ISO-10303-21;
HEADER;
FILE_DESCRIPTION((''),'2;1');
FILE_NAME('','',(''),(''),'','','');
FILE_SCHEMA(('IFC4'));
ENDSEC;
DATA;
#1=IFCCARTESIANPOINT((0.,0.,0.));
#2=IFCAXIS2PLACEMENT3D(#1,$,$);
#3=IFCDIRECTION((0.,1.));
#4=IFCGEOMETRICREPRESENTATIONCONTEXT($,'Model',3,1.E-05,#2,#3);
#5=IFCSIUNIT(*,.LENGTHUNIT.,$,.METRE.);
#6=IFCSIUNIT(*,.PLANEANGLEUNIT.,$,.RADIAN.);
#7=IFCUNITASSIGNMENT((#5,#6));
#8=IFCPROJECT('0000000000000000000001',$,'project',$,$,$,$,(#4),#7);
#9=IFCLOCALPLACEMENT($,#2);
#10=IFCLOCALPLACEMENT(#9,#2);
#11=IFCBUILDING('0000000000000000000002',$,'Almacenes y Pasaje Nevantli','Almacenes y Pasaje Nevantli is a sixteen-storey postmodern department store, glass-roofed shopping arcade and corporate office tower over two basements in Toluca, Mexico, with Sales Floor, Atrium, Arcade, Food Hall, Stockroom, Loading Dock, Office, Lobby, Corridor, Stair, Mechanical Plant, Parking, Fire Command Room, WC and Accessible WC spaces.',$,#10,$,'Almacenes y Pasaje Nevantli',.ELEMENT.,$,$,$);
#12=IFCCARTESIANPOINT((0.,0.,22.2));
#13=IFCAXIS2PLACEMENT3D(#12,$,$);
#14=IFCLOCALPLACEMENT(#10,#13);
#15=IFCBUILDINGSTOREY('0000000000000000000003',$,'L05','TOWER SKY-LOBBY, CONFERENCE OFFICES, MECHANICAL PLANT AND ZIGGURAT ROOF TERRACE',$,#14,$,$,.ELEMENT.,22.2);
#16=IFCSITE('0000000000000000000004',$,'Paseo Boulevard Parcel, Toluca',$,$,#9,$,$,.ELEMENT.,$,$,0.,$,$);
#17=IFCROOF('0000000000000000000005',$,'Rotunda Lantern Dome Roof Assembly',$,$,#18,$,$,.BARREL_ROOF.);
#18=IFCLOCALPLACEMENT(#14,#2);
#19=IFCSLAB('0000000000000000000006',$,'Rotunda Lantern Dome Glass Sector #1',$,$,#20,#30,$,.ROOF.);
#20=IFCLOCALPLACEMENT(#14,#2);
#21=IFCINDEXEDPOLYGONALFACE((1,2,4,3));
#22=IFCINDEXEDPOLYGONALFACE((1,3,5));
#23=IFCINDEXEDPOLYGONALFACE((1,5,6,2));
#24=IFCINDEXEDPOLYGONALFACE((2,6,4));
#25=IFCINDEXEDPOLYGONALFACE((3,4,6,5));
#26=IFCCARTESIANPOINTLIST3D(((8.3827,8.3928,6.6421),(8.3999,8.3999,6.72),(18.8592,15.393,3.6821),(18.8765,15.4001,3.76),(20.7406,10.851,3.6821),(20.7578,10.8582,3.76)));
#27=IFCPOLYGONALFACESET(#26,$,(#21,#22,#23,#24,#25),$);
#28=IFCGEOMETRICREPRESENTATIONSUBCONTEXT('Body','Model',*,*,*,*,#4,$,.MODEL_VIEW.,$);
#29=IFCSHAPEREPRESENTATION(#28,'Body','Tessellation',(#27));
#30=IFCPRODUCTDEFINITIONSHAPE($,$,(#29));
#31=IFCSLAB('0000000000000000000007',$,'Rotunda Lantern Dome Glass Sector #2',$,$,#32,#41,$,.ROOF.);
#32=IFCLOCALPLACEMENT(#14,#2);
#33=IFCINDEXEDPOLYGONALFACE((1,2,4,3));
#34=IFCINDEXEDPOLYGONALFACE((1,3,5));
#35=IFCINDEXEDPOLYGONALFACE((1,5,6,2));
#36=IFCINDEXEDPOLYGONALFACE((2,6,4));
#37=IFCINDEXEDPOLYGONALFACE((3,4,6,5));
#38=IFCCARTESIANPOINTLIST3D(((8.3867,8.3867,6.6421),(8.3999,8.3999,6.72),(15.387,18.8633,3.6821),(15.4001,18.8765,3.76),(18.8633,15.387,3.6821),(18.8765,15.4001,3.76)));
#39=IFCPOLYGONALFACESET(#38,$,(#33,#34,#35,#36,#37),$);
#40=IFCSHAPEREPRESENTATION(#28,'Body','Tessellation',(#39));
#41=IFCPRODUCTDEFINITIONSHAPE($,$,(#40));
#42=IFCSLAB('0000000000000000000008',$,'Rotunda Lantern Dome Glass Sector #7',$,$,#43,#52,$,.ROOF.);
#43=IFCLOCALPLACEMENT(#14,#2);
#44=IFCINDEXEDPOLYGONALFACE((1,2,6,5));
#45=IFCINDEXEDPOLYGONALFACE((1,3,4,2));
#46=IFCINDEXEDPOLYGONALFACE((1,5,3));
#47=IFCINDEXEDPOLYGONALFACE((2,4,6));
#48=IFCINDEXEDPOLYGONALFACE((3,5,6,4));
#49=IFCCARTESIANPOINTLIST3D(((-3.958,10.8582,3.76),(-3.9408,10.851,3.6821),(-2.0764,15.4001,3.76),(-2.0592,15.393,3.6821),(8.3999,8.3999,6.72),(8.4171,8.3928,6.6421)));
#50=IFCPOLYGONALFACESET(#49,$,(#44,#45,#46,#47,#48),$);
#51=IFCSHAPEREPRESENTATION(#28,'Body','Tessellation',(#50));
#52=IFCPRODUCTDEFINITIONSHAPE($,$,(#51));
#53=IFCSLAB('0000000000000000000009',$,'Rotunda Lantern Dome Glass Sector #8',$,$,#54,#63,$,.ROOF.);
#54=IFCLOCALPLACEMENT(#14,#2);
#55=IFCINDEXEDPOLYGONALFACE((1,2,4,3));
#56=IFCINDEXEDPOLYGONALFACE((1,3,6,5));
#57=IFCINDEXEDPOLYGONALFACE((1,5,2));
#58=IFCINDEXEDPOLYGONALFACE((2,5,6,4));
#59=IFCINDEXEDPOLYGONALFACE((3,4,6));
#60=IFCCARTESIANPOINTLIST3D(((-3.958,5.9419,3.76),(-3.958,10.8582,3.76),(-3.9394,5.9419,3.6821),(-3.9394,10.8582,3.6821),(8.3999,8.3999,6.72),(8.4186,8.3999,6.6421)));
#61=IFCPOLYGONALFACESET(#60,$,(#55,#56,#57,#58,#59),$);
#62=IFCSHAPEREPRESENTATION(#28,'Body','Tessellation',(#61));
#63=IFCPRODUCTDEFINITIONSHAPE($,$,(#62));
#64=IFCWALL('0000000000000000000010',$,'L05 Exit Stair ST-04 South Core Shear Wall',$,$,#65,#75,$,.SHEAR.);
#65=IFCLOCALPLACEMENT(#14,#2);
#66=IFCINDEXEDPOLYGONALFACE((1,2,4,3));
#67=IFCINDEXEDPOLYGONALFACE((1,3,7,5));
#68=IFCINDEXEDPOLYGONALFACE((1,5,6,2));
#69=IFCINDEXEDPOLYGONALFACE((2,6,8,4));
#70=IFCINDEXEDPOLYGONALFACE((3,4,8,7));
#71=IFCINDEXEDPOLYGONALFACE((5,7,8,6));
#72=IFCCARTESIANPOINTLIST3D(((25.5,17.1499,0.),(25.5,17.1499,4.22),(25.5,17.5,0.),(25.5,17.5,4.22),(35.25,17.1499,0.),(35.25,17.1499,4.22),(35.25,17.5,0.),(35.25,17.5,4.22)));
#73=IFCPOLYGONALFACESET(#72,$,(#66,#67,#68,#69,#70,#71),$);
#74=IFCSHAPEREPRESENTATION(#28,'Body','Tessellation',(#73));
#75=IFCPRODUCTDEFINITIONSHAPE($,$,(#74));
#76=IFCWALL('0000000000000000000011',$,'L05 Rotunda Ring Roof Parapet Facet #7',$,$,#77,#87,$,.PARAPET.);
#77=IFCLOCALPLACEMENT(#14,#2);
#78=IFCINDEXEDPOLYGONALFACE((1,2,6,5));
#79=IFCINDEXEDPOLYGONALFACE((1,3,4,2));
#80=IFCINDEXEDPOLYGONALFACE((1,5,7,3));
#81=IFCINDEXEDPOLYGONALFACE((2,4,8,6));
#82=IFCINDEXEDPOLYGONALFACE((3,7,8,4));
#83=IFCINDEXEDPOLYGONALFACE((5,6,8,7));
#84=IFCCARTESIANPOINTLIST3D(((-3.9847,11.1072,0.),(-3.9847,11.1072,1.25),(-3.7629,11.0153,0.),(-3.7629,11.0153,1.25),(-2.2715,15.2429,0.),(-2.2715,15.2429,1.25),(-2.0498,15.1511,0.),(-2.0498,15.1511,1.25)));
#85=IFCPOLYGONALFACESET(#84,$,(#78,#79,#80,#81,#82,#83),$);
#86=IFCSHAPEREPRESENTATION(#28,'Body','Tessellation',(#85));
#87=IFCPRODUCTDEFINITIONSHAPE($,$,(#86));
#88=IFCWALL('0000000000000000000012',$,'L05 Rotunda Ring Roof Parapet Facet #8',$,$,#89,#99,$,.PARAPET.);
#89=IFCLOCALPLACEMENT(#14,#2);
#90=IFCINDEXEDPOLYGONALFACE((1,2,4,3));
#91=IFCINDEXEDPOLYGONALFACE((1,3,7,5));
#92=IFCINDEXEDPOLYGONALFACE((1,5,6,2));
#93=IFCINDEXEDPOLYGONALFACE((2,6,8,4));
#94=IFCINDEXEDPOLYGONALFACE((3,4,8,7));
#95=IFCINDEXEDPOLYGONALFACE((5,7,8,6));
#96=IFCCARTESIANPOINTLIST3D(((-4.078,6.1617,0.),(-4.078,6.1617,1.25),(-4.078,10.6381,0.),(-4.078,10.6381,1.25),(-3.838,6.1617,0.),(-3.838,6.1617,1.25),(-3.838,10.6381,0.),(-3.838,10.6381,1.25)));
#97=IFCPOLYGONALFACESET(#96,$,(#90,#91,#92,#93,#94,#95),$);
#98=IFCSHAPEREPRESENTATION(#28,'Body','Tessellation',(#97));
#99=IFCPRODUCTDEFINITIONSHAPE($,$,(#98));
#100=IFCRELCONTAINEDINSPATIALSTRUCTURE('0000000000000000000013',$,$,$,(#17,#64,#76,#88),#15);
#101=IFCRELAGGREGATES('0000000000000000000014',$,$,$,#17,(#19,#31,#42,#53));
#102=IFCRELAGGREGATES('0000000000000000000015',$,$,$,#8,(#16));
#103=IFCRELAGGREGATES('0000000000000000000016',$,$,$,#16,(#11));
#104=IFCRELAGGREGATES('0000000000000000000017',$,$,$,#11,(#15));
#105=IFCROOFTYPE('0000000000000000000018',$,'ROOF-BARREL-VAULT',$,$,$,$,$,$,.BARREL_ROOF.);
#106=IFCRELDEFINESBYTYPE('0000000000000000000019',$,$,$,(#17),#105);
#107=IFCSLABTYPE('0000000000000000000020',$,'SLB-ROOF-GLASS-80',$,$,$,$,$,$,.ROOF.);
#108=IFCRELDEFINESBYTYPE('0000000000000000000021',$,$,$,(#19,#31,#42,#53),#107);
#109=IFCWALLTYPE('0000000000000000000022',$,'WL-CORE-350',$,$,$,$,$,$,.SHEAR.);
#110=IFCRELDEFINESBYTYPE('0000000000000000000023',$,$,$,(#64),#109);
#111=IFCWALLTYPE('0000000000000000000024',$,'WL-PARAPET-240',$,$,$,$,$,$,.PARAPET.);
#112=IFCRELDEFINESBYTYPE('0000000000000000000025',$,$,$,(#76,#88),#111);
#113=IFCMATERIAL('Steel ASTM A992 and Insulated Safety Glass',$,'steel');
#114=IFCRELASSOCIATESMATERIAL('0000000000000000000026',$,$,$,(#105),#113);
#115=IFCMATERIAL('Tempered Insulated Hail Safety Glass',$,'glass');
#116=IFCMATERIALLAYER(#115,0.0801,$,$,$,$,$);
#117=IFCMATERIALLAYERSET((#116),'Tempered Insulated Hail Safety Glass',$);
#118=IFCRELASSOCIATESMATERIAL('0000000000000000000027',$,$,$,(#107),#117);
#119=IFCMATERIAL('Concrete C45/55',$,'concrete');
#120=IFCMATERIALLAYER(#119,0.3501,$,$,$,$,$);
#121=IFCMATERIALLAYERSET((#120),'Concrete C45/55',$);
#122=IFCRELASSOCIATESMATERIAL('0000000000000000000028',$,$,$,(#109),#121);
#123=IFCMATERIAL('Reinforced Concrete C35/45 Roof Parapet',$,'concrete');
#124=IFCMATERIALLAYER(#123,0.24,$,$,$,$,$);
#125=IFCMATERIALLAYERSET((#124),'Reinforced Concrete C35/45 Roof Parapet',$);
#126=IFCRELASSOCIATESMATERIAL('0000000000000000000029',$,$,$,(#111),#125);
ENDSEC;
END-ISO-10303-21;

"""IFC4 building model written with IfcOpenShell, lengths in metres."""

from ifc_helpers import new_model, si_unit, direction, frame, frame_2d, origin, place, context, subcontext, project, spatial, polyline, rectangle, outline, extrude, material, layer, layer_set, type_object, element, aggregate, save


model = new_model("IFC4")

# Units and contexts
model_context = context("Model", 3, precision=1e-05, world=origin(), true_north=direction((0.0, 1.0)))
body_context = subcontext(model_context, "Body", "Model", "MODEL_VIEW")
ifc_project = project(units=[si_unit("LENGTHUNIT", "METRE"), si_unit("PLANEANGLEUNIT", "RADIAN")], contexts=[model_context])

# Site, building, storey
site_placement = place(None, origin())
site = spatial("IfcSite", under=ifc_project, at=site_placement, Name="Paseo Boulevard Parcel, Toluca", CompositionType="ELEMENT", RefElevation=0.0)
building_placement = place(site_placement, origin())
building = spatial("IfcBuilding", under=site, at=building_placement, Name="Almacenes y Pasaje Nevantli", Description="Almacenes y Pasaje Nevantli is a sixteen-storey postmodern department store, glass-roofed shopping arcade and corporate office tower over two basements in Toluca, Mexico, with Sales Floor, Atrium, Arcade, Food Hall, Stockroom, Loading Dock, Office, Lobby, Corridor, Stair, Mechanical Plant, Parking, Fire Command Room, WC and Accessible WC spaces.", LongName="Almacenes y Pasaje Nevantli", CompositionType="ELEMENT")
storey_placement = place(building_placement, frame((0.0, 0.0, 22.2)))
storey = spatial("IfcBuildingStorey", under=building, at=storey_placement, Name="L05", Description="TOWER SKY-LOBBY, CONFERENCE OFFICES, MECHANICAL PLANT AND ZIGGURAT ROOF TERRACE", CompositionType="ELEMENT", Elevation=22.2)

# Roof, slabs
ifc_material_1 = material(Name="Steel ASTM A992 and Insulated Safety Glass", Category="steel")
roof_type = type_object("IfcRoofType", Name="ROOF-BARREL-VAULT", PredefinedType="BARREL_ROOF", material=ifc_material_1)
roof_placement = place(storey_placement, origin())
roof = element("IfcRoof", 1, at=roof_placement, inside=storey, type_object=roof_type, Name="Rotunda Lantern Dome Roof Assembly", PredefinedType="BARREL_ROOF")
ifc_material_2 = material(Name="Tempered Insulated Hail Safety Glass", Category="glass")
ifc_layer_1 = layer(ifc_material_2, 0.0801)
ifc_layer_set_1 = layer_set([ifc_layer_1], Name="Tempered Insulated Hail Safety Glass")
slab_type = type_object("IfcSlabType", Name="SLB-ROOF-GLASS-80", PredefinedType="ROOF", material=ifc_layer_set_1)
slab_1_placement = place(storey_placement, frame((20.7578, 10.8582, 3.76), z_axis=(0.2152, 0.089138, 0.972493), x_axis=(-0.382682, 0.92388, 0.0)))
slab_1 = element("IfcSlab", 2, at=slab_1_placement, type_object=slab_type, Name="Rotunda Lantern Dome Glass Sector #1", PredefinedType="ROOF", context=body_context, shape_type="SweptSolid", body=[
    extrude(outline(polyline([(0.0, 0.0), (4.9162, 0.0), (2.458, 12.7075), (0.0, 0.0)])), origin(), (0.0, 0.0, -1.0), 0.0801),
])
slab_2_placement = place(storey_placement, frame((18.8765, 15.4001, 3.76), z_axis=(0.164706, 0.164706, 0.972493), x_axis=(-0.707107, 0.707107, 0.0)))
slab_2 = element("IfcSlab", 3, at=slab_2_placement, type_object=slab_type, Name="Rotunda Lantern Dome Glass Sector #2", PredefinedType="ROOF", context=body_context, shape_type="SweptSolid", body=[
    extrude(outline(polyline([(0.0, 0.0), (4.9163, 0.0), (2.4581, 12.7075), (0.0, 0.0)])), origin(), (0.0, 0.0, -1.0), 0.0801),
])
slab_3_placement = place(storey_placement, frame((-2.0764, 15.4001, 3.76), z_axis=(-0.215197, 0.089149, 0.972493), x_axis=(-0.382725, -0.923862, 0.0)))
slab_3 = element("IfcSlab", 4, at=slab_3_placement, type_object=slab_type, Name="Rotunda Lantern Dome Glass Sector #7", PredefinedType="ROOF", context=body_context, shape_type="SweptSolid", body=[
    extrude(outline(polyline([(0.0, 0.0), (4.9163, 0.0), (2.4577, 12.7074), (0.0, 0.0)])), origin(), (0.0, 0.0, -1.0), 0.0801),
])
slab_4_placement = place(storey_placement, frame((-3.958, 10.8582, 3.76), z_axis=(-0.232931, 0.0, 0.972493), x_axis=(0.0, -1.0, 0.0)))
slab_4 = element("IfcSlab", 5, at=slab_4_placement, type_object=slab_type, Name="Rotunda Lantern Dome Glass Sector #8", PredefinedType="ROOF", context=body_context, shape_type="SweptSolid", body=[
    extrude(outline(polyline([(0.0, 0.0), (4.9163, 0.0), (2.4583, 12.7075), (0.0, 0.0)])), origin(), (0.0, 0.0, -1.0), 0.0801),
])
aggregate(roof, [slab_1, slab_2, slab_3, slab_4])

# Walls
ifc_material_3 = material(Name="Concrete C45/55", Category="concrete")
ifc_layer_2 = layer(ifc_material_3, 0.3501)
ifc_layer_set_2 = layer_set([ifc_layer_2], Name="Concrete C45/55")
wall_type_1 = type_object("IfcWallType", Name="WL-CORE-350", PredefinedType="SHEAR", material=ifc_layer_set_2)
wall_1_placement = place(storey_placement, frame((25.5, 17.325, 0.0), z_axis=(0.0, 0.0, 1.0), x_axis=(1.0, 0.0, 0.0)))
element("IfcWall", 6, at=wall_1_placement, inside=storey, type_object=wall_type_1, Name="L05 Exit Stair ST-04 South Core Shear Wall", PredefinedType="SHEAR", context=body_context, shape_type="SweptSolid", body=[
    extrude(rectangle(XDim=9.75, YDim=0.3501, at=frame_2d((4.875, 0.0))), origin(), (0.0, 0.0, 1.0), 4.22),
])
ifc_material_4 = material(Name="Reinforced Concrete C35/45 Roof Parapet", Category="concrete")
ifc_layer_3 = layer(ifc_material_4, 0.24)
ifc_layer_set_3 = layer_set([ifc_layer_3], Name="Reinforced Concrete C35/45 Roof Parapet")
wall_type_2 = type_object("IfcWallType", Name="WL-PARAPET-240", PredefinedType="PARAPET", material=ifc_layer_set_3)
wall_2_placement = place(storey_placement, frame((-2.1606, 15.197, 0.0), z_axis=(0.0, 0.0, 1.0), x_axis=(-0.382694, -0.923875, 0.0)))
element("IfcWall", 7, at=wall_2_placement, inside=storey, type_object=wall_type_2, Name="L05 Rotunda Ring Roof Parapet Facet #7", PredefinedType="PARAPET", context=body_context, shape_type="SweptSolid", body=[
    extrude(rectangle(XDim=4.4766, YDim=0.24, at=frame_2d((2.2383, 0.0))), origin(), (0.0, 0.0, 1.0), 1.25),
])
wall_3_placement = place(storey_placement, frame((-3.958, 10.6382, 0.0), z_axis=(0.0, 0.0, 1.0), x_axis=(0.0, -1.0, 0.0)))
element("IfcWall", 8, at=wall_3_placement, inside=storey, type_object=wall_type_2, Name="L05 Rotunda Ring Roof Parapet Facet #8", PredefinedType="PARAPET", context=body_context, shape_type="SweptSolid", body=[
    extrude(rectangle(XDim=4.4763, YDim=0.24, at=frame_2d((2.2383, 0.0))), origin(), (0.0, 0.0, 1.0), 1.25),
])

save(model, "model.ifc")
